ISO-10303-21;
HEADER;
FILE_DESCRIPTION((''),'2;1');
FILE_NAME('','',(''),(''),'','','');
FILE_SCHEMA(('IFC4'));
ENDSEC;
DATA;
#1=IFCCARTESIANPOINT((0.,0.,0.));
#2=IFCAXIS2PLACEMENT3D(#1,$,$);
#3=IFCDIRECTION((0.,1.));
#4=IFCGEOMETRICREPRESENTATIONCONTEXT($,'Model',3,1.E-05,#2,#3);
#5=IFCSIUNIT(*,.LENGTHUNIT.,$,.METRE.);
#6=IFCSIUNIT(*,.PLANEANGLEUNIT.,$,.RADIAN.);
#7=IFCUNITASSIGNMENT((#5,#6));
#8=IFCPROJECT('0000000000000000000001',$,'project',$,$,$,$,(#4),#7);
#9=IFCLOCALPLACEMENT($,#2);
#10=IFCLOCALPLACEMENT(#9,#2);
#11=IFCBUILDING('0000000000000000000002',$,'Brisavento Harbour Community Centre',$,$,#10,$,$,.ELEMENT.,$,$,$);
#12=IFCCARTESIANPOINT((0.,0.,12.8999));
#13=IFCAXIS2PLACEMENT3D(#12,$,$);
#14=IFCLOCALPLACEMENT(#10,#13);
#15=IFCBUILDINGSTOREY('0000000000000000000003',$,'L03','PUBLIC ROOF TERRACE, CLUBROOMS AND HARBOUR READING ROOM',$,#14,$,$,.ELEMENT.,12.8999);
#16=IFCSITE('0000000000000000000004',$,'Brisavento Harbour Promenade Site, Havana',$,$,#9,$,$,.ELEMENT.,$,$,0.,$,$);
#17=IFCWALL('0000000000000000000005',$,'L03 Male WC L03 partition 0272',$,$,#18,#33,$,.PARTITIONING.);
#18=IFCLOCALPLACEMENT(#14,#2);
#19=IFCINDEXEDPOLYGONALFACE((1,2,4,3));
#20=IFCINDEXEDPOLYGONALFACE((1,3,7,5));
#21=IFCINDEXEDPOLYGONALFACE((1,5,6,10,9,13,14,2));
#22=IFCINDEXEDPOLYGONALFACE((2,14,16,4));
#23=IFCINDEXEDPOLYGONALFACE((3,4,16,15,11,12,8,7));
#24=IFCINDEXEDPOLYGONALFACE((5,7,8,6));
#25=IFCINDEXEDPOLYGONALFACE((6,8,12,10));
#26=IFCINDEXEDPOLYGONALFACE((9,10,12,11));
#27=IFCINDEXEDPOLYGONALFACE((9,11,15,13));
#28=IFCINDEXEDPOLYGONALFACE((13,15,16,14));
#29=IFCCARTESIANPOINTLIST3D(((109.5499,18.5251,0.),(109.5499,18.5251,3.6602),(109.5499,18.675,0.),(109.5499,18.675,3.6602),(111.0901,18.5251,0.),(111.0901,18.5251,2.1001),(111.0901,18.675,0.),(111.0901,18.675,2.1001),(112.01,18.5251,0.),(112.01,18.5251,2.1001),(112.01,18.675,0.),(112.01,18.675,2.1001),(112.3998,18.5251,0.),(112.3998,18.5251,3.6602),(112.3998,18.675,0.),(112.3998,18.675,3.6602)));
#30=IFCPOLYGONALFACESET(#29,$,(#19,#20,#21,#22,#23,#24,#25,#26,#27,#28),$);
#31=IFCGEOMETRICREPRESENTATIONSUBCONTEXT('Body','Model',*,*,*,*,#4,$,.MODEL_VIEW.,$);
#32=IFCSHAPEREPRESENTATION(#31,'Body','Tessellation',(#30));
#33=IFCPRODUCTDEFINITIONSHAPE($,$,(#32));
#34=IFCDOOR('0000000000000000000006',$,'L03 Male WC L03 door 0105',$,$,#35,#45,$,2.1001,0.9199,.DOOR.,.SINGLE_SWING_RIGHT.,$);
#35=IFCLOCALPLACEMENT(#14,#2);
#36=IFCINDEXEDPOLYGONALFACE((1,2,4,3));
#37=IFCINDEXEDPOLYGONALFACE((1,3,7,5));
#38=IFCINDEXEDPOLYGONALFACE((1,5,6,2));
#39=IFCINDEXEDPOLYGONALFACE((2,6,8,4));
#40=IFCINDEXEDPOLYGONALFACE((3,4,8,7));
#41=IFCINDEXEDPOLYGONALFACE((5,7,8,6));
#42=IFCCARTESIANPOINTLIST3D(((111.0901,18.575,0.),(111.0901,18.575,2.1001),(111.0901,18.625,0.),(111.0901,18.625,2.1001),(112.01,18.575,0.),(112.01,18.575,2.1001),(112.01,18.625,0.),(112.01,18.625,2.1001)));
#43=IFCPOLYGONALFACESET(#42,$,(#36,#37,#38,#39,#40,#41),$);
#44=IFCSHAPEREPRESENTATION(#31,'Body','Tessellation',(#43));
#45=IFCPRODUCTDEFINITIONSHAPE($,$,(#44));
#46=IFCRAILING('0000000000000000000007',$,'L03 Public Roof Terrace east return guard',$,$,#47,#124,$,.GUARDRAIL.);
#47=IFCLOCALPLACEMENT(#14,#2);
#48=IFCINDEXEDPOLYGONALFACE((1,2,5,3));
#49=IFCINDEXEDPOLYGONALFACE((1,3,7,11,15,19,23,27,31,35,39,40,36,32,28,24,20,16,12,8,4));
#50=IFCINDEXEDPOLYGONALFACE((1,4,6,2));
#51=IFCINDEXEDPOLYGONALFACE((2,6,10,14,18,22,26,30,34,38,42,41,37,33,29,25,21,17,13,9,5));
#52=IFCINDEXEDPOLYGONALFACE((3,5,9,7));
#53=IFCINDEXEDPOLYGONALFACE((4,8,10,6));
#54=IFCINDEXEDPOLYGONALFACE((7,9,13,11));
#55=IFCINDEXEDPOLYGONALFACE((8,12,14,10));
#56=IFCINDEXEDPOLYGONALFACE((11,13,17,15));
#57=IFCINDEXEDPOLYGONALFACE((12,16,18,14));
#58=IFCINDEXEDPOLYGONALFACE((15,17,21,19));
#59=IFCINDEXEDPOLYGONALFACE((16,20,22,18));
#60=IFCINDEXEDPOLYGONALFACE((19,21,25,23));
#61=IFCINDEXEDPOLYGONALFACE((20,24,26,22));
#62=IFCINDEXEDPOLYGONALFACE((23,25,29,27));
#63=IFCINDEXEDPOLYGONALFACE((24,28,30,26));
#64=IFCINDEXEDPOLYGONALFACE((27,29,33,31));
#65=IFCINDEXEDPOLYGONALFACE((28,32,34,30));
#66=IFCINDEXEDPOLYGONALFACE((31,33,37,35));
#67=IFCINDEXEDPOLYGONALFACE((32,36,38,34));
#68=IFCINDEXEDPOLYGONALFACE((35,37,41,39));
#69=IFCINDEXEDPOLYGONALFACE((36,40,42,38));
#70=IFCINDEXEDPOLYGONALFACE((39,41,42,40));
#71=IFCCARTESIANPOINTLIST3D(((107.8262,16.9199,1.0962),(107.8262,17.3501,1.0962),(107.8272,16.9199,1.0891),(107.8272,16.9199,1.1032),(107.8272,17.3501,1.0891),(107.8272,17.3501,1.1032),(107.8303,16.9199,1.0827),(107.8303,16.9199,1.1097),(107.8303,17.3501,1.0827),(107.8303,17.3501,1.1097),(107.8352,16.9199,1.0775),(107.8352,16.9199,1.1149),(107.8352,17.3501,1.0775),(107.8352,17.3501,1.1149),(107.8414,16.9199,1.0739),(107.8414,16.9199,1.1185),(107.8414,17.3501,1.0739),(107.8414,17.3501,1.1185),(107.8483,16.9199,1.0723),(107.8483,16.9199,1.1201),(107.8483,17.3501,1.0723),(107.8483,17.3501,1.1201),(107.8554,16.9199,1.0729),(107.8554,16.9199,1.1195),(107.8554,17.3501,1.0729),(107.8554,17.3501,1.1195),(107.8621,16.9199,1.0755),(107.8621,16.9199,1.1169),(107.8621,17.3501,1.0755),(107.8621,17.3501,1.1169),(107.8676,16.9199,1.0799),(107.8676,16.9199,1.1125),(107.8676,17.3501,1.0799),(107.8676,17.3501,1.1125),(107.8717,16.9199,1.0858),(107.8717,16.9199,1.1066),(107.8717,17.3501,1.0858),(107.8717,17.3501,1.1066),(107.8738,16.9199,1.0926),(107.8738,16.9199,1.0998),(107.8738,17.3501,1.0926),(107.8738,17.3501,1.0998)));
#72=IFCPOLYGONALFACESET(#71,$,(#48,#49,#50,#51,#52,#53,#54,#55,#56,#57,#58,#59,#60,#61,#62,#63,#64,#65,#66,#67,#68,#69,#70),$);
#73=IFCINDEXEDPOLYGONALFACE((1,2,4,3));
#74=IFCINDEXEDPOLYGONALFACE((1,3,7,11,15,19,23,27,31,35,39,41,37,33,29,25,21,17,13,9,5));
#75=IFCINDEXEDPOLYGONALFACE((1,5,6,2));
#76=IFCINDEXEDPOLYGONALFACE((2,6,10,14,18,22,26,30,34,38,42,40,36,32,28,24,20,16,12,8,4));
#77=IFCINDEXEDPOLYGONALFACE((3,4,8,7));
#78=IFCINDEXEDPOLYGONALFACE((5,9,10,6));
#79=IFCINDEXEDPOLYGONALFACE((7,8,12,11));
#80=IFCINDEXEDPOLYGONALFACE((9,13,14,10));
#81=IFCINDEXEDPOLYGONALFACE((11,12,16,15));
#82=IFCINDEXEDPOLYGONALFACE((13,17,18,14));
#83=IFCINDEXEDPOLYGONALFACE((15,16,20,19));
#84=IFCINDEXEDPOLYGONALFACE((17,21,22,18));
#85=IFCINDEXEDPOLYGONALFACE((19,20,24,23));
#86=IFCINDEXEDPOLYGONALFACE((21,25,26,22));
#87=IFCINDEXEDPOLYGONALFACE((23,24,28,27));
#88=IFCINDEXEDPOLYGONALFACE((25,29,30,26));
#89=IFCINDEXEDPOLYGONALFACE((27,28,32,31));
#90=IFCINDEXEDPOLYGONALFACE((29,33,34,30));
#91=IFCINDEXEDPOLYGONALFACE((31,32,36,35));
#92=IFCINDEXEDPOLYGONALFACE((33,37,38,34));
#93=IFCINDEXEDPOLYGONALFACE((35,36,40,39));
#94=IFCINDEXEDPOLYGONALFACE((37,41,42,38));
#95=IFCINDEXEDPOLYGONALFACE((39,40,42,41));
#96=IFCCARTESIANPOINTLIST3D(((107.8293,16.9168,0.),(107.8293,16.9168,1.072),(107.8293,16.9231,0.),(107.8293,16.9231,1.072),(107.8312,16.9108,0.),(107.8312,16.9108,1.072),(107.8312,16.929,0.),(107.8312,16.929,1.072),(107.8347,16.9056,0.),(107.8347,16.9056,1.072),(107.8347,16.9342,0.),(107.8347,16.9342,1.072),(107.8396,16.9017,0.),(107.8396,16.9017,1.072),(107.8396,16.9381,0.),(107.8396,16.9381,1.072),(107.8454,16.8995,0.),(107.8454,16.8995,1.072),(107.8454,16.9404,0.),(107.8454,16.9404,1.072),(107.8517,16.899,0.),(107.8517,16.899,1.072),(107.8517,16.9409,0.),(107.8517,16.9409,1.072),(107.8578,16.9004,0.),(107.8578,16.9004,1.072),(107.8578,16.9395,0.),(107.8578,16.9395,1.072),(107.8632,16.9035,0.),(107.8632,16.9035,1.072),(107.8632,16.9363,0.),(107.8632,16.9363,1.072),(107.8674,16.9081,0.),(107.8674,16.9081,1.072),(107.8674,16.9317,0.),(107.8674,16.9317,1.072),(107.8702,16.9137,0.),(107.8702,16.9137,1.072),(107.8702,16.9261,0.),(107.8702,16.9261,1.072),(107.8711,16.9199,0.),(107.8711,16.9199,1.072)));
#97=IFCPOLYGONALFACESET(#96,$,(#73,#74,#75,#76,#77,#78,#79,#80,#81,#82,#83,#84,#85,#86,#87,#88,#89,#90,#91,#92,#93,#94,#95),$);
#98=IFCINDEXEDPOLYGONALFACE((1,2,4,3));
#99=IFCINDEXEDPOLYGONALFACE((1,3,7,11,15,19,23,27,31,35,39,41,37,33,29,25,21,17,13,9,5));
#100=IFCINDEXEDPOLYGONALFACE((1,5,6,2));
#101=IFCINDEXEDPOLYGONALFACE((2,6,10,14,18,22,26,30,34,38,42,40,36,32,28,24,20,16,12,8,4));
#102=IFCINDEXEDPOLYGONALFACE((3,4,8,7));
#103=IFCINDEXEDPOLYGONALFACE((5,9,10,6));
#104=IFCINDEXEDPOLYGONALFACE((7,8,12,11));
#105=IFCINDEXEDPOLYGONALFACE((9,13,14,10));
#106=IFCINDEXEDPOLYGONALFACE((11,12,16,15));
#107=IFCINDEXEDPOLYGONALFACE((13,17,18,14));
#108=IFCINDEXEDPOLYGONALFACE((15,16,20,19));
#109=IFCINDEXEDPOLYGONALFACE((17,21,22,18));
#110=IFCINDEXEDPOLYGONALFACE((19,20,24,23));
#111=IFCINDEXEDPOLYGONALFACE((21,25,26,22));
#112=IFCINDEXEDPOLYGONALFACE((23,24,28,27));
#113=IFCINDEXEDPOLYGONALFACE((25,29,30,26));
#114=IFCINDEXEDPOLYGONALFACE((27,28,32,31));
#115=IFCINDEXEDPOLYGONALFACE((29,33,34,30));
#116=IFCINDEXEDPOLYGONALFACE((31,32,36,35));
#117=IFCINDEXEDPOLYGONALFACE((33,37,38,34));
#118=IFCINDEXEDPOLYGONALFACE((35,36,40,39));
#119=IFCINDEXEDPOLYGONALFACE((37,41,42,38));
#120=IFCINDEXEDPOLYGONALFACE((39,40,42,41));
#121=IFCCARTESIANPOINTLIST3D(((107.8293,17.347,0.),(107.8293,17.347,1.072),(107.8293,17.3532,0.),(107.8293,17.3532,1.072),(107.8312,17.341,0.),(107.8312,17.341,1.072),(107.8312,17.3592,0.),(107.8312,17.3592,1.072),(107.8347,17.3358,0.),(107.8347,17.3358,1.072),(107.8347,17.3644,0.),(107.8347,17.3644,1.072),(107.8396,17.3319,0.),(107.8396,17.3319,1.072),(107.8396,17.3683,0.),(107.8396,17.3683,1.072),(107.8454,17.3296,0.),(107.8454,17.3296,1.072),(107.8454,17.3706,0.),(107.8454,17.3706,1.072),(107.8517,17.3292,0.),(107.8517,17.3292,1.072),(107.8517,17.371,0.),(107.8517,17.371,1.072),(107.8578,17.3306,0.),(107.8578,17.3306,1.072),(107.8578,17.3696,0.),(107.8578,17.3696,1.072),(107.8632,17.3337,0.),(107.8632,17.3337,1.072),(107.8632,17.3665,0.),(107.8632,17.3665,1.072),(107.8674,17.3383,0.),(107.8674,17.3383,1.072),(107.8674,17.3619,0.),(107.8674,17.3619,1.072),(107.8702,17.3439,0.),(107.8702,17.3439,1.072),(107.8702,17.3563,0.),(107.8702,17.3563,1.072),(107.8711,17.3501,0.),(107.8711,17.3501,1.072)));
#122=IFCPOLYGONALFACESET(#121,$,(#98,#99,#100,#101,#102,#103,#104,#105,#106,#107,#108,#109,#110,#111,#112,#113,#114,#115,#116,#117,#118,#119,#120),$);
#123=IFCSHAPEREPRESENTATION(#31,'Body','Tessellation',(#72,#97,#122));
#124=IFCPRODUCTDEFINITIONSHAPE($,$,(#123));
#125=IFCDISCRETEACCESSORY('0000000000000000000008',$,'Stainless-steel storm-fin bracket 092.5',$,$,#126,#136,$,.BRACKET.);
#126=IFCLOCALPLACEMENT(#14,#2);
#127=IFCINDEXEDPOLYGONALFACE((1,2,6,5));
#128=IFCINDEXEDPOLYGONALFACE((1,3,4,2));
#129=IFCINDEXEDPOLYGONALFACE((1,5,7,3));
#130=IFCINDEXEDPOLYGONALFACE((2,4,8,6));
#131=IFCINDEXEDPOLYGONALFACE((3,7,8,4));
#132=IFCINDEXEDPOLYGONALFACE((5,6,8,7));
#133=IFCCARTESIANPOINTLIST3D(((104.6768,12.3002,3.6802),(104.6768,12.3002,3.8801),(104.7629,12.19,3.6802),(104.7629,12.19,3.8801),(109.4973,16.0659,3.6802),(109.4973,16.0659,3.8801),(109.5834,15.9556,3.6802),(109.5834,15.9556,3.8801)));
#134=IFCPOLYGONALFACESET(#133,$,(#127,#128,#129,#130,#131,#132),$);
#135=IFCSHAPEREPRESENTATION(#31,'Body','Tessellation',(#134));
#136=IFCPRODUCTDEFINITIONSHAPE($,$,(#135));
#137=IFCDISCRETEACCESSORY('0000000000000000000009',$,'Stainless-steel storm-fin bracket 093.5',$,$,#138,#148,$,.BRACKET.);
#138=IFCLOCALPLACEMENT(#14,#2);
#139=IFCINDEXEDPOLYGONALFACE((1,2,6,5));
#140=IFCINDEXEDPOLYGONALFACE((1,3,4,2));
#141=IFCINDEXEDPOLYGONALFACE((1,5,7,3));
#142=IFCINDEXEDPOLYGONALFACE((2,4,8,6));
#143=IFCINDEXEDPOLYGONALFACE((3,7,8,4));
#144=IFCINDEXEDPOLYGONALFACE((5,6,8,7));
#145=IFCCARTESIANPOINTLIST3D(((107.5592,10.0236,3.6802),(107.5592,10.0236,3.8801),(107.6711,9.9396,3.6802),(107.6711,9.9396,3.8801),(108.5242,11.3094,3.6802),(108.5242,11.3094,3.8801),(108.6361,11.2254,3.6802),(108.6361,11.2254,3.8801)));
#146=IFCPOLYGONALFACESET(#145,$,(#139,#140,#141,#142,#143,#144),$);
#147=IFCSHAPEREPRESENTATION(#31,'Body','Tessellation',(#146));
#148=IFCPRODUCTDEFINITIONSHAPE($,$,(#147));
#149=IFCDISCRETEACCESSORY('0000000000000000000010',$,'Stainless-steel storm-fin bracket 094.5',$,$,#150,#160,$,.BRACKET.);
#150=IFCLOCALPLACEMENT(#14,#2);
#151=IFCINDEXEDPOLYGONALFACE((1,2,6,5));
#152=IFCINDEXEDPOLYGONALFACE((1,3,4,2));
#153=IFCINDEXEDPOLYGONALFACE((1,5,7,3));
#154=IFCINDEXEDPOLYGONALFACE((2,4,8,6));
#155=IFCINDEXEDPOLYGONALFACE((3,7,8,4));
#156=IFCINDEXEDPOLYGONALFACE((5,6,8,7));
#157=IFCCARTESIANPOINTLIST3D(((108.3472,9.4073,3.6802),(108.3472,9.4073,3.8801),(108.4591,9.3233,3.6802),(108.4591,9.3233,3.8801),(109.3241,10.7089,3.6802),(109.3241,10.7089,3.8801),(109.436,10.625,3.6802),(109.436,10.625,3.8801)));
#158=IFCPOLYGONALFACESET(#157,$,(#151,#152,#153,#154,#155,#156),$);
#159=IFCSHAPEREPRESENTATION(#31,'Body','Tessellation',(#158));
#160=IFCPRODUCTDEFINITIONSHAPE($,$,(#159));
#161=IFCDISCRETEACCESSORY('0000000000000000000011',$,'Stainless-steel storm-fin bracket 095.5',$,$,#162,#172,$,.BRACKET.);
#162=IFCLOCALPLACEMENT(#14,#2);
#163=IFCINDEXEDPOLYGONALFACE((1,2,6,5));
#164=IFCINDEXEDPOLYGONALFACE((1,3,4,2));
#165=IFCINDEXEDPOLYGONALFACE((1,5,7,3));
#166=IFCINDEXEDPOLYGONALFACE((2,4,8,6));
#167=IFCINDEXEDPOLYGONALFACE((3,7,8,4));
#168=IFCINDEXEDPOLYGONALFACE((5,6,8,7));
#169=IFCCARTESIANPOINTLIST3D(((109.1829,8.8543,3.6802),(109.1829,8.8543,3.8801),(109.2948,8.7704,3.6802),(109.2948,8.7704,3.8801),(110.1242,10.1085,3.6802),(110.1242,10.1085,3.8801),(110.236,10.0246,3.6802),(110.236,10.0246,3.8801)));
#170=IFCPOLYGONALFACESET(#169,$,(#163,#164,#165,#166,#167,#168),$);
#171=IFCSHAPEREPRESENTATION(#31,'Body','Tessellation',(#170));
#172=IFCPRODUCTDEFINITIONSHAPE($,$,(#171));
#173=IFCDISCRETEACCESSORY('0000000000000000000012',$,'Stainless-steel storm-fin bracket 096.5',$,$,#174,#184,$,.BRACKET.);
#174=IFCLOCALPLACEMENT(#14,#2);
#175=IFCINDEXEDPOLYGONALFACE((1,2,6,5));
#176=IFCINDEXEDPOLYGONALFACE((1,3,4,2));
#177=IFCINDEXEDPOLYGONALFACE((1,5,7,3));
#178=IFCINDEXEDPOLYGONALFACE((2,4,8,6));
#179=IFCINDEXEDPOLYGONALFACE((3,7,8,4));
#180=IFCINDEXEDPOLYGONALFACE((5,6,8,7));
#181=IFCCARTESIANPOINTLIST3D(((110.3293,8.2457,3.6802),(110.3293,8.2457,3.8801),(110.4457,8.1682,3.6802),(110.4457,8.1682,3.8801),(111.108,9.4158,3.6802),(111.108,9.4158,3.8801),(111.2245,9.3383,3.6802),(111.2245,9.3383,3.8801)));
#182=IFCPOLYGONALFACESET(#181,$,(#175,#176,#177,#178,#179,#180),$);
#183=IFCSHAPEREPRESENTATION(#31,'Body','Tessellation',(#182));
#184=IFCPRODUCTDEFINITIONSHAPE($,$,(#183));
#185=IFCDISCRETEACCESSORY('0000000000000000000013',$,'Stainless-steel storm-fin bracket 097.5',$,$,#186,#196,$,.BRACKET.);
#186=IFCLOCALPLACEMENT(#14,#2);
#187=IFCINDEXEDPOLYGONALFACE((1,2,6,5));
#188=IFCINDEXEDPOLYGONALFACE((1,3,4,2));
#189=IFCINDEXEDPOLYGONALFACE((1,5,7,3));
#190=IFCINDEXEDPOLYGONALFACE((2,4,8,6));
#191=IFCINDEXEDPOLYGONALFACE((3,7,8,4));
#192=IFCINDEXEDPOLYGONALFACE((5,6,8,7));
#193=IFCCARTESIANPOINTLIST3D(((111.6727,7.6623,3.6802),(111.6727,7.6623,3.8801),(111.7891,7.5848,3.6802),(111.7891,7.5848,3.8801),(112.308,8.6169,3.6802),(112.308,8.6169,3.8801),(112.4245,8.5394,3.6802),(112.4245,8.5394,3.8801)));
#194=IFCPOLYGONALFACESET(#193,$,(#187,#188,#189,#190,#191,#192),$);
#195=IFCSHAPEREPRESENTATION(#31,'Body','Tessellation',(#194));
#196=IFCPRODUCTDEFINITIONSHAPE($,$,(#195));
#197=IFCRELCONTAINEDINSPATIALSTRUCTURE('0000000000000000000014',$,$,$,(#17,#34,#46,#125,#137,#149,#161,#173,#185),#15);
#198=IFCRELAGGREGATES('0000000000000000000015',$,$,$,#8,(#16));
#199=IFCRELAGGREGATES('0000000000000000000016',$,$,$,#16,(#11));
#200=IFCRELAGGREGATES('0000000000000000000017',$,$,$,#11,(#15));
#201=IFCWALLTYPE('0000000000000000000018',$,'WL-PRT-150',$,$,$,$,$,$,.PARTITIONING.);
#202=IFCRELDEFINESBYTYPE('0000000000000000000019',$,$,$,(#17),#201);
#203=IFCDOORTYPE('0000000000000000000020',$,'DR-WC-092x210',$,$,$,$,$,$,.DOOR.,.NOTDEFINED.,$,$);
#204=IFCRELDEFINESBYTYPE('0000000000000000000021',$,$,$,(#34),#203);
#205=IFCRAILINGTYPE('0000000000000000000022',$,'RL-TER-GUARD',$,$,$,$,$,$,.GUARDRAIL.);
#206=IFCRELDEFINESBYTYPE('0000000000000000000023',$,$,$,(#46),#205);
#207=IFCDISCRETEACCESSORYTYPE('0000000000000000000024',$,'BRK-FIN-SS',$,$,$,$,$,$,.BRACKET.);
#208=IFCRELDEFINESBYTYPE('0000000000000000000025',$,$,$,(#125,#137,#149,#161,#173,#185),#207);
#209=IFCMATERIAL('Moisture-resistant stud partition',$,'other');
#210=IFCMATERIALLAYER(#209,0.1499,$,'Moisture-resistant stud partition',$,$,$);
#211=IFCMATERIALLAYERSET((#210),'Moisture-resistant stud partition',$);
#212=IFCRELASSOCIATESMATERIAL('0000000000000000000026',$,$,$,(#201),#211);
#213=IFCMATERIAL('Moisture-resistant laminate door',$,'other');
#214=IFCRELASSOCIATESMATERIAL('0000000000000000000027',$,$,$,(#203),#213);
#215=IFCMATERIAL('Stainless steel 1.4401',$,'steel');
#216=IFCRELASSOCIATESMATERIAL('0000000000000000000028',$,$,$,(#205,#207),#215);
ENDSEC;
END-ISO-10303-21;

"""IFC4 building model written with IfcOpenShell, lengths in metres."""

from ifc_helpers import new_model, si_unit, direction, frame, frame_2d, origin, origin_2d, place, context, subcontext, project, spatial, rectangle, circle, extrude, material, layer, layer_set, type_object, element, fill, save


model = new_model("IFC4")

# Units and contexts
model_context = context("Model", 3, precision=1e-05, world=origin(), true_north=direction((0.0, 1.0)))
body_context = subcontext(model_context, "Body", "Model", "MODEL_VIEW")
ifc_project = project(units=[si_unit("LENGTHUNIT", "METRE"), si_unit("PLANEANGLEUNIT", "RADIAN")], contexts=[model_context])

# Site, building, storey
site_placement = place(None, origin())
site = spatial("IfcSite", under=ifc_project, at=site_placement, Name="Brisavento Harbour Promenade Site, Havana", CompositionType="ELEMENT", RefElevation=0.0)
building_placement = place(site_placement, origin())
building = spatial("IfcBuilding", under=site, at=building_placement, Name="Brisavento Harbour Community Centre", CompositionType="ELEMENT")
storey_placement = place(building_placement, frame((0.0, 0.0, 12.8999)))
storey = spatial("IfcBuildingStorey", under=building, at=storey_placement, Name="L03", Description="PUBLIC ROOF TERRACE, CLUBROOMS AND HARBOUR READING ROOM", CompositionType="ELEMENT", Elevation=12.8999)

# Shared definitions
ifc_material_1 = material(Name="Moisture-resistant laminate door", Category="other")

# Wall, opening, door
ifc_material_2 = material(Name="Moisture-resistant stud partition", Category="other")
ifc_layer_1 = layer(ifc_material_2, 0.1499, Name="Moisture-resistant stud partition")
ifc_layer_set_1 = layer_set([ifc_layer_1], Name="Moisture-resistant stud partition")
wall_type_1 = type_object("IfcWallType", Name="WL-PRT-150", PredefinedType="PARTITIONING", material=ifc_layer_set_1)
wall_1_placement = place(storey_placement, frame((109.55, 18.6001, 0.0), z_axis=(0.0, 0.0, 1.0), x_axis=(1.0, 0.0, 0.0)))
wall_1 = element("IfcWall", 1, at=wall_1_placement, inside=storey, type_object=wall_type_1, Name="L03 Male WC L03 partition 0272", PredefinedType="PARTITIONING", context=body_context, shape_type="SweptSolid", body=[
    extrude(rectangle(XDim=2.8499, YDim=0.1499, at=frame_2d((1.4248, 0.0))), origin(), (0.0, 0.0, 1.0), 3.6602),
])
opening_1_placement = place(wall_1_placement, frame((1.54, 0.0, 0.0)))
opening_1 = element("IfcOpeningElement", 2, at=opening_1_placement, cuts=wall_1, PredefinedType="OPENING", context=body_context, shape_type="SweptSolid", body=[
    extrude(rectangle(XDim=0.9199, YDim=2.1001, at=frame_2d((0.46, 1.05))), frame((0.0, 0.085, 0.0), z_axis=(0.0, -1.0, 0.0), x_axis=(1.0, 0.0, 0.0)), (0.0, 0.0, 1.0), 0.1699),
])
door_type_1 = type_object("IfcDoorType", Name="DR-WC-092x210", OperationType="NOTDEFINED", PredefinedType="DOOR", material=ifc_material_1)
door_1_placement = place(opening_1_placement, origin())
door_1 = element("IfcDoor", 3, at=door_1_placement, inside=storey, type_object=door_type_1, Name="L03 Male WC L03 door 0105", OperationType="SINGLE_SWING_RIGHT", OverallHeight=2.1001, OverallWidth=0.9199, PredefinedType="DOOR", context=body_context, shape_type="SweptSolid", body=[
    extrude(rectangle(XDim=0.9199, YDim=2.1001, at=frame_2d((0.46, 1.05))), frame((0.0, 0.0249, 0.0), z_axis=(0.0, -1.0, 0.0), x_axis=(1.0, 0.0, 0.0)), (0.0, 0.0, 1.0), 0.05),
])
fill(opening_1, door_1)

# Railing
ifc_material_3 = material(Name="Stainless steel 1.4401", Category="steel")
railing_type = type_object("IfcRailingType", Name="RL-TER-GUARD", PredefinedType="GUARDRAIL", material=ifc_material_3)
railing_1_placement = place(storey_placement, frame((107.8501, 16.9199, 0.0)))
element("IfcRailing", 4, at=railing_1_placement, inside=storey, type_object=railing_type, Name="L03 Public Roof Terrace east return guard", PredefinedType="GUARDRAIL", context=body_context, shape_type="SweptSolid", body=[
    extrude(circle(Radius=0.0239, at=origin_2d()), frame((0.0, 0.0, 1.0962), z_axis=(0.0, 1.0, 0.0), x_axis=(-1.0, 0.0, 0.0)), (0.0, 0.0, 1.0), 0.4302),
    extrude(circle(Radius=0.021, at=origin_2d()), origin(), (0.0, 0.0, 1.0), 1.072),
    extrude(circle(Radius=0.021, at=origin_2d()), frame((0.0, 0.4302, 0.0)), (0.0, 0.0, 1.0), 1.072),
])

# Discrete accessories
discrete_accessory_type = type_object("IfcDiscreteAccessoryType", Name="BRK-FIN-SS", PredefinedType="BRACKET", material=ifc_material_3)
discrete_accessory_1_placement = place(storey_placement, frame((107.1301, 14.1279, 3.6802), z_axis=(0.0, 0.0, 1.0), x_axis=(-0.788054, -0.615606, 0.0)))
element("IfcDiscreteAccessory", 5, at=discrete_accessory_1_placement, inside=storey, type_object=discrete_accessory_type, Name="Stainless-steel storm-fin bracket 092.5", PredefinedType="BRACKET", context=body_context, shape_type="SweptSolid", body=[
    extrude(rectangle(XDim=6.1169, YDim=0.1399, at=origin_2d()), origin(), (0.0, 0.0, 1.0), 0.2),
])
discrete_accessory_2_placement = place(storey_placement, frame((108.0977, 10.6245, 3.6802), z_axis=(0.0, 0.0, 1.0), x_axis=(-0.600253, -0.79981, 0.0)))
element("IfcDiscreteAccessory", 6, at=discrete_accessory_2_placement, inside=storey, type_object=discrete_accessory_type, Name="Stainless-steel storm-fin bracket 093.5", PredefinedType="BRACKET", context=body_context, shape_type="SweptSolid", body=[
    extrude(rectangle(XDim=1.6077, YDim=0.1399, at=origin_2d()), origin(), (0.0, 0.0, 1.0), 0.2),
])
discrete_accessory_3_placement = place(storey_placement, frame((108.8916, 10.0161, 3.6802), z_axis=(0.0, 0.0, 1.0), x_axis=(-0.600253, -0.79981, 0.0)))
element("IfcDiscreteAccessory", 7, at=discrete_accessory_3_placement, inside=storey, type_object=discrete_accessory_type, Name="Stainless-steel storm-fin bracket 094.5", PredefinedType="BRACKET", context=body_context, shape_type="SweptSolid", body=[
    extrude(rectangle(XDim=1.6274, YDim=0.1399, at=origin_2d()), origin(), (0.0, 0.0, 1.0), 0.2),
])
discrete_accessory_4_placement = place(storey_placement, frame((109.7095, 9.4395, 3.6802), z_axis=(0.0, 0.0, 1.0), x_axis=(-0.600253, -0.79981, 0.0)))
element("IfcDiscreteAccessory", 8, at=discrete_accessory_4_placement, inside=storey, type_object=discrete_accessory_type, Name="Stainless-steel storm-fin bracket 095.5", PredefinedType="BRACKET", context=body_context, shape_type="SweptSolid", body=[
    extrude(rectangle(XDim=1.5681, YDim=0.1399, at=origin_2d()), origin(), (0.0, 0.0, 1.0), 0.2),
])
discrete_accessory_5_placement = place(storey_placement, frame((110.7769, 8.792, 3.6802), z_axis=(0.0, 0.0, 1.0), x_axis=(-0.55406, -0.832477, 0.0)))
element("IfcDiscreteAccessory", 9, at=discrete_accessory_5_placement, inside=storey, type_object=discrete_accessory_type, Name="Stainless-steel storm-fin bracket 096.5", PredefinedType="BRACKET", context=body_context, shape_type="SweptSolid", body=[
    extrude(rectangle(XDim=1.4055, YDim=0.1399, at=origin_2d()), origin(), (0.0, 0.0, 1.0), 0.2),
])
discrete_accessory_6_placement = place(storey_placement, frame((112.0486, 8.1008, 3.6802), z_axis=(0.0, 0.0, 1.0), x_axis=(-0.55406, -0.832477, 0.0)))
element("IfcDiscreteAccessory", 10, at=discrete_accessory_6_placement, inside=storey, type_object=discrete_accessory_type, Name="Stainless-steel storm-fin bracket 097.5", PredefinedType="BRACKET", context=body_context, shape_type="SweptSolid", body=[
    extrude(rectangle(XDim=1.1467, YDim=0.1399, at=origin_2d()), origin(), (0.0, 0.0, 1.0), 0.2),
])

save(model, "model.ifc")
